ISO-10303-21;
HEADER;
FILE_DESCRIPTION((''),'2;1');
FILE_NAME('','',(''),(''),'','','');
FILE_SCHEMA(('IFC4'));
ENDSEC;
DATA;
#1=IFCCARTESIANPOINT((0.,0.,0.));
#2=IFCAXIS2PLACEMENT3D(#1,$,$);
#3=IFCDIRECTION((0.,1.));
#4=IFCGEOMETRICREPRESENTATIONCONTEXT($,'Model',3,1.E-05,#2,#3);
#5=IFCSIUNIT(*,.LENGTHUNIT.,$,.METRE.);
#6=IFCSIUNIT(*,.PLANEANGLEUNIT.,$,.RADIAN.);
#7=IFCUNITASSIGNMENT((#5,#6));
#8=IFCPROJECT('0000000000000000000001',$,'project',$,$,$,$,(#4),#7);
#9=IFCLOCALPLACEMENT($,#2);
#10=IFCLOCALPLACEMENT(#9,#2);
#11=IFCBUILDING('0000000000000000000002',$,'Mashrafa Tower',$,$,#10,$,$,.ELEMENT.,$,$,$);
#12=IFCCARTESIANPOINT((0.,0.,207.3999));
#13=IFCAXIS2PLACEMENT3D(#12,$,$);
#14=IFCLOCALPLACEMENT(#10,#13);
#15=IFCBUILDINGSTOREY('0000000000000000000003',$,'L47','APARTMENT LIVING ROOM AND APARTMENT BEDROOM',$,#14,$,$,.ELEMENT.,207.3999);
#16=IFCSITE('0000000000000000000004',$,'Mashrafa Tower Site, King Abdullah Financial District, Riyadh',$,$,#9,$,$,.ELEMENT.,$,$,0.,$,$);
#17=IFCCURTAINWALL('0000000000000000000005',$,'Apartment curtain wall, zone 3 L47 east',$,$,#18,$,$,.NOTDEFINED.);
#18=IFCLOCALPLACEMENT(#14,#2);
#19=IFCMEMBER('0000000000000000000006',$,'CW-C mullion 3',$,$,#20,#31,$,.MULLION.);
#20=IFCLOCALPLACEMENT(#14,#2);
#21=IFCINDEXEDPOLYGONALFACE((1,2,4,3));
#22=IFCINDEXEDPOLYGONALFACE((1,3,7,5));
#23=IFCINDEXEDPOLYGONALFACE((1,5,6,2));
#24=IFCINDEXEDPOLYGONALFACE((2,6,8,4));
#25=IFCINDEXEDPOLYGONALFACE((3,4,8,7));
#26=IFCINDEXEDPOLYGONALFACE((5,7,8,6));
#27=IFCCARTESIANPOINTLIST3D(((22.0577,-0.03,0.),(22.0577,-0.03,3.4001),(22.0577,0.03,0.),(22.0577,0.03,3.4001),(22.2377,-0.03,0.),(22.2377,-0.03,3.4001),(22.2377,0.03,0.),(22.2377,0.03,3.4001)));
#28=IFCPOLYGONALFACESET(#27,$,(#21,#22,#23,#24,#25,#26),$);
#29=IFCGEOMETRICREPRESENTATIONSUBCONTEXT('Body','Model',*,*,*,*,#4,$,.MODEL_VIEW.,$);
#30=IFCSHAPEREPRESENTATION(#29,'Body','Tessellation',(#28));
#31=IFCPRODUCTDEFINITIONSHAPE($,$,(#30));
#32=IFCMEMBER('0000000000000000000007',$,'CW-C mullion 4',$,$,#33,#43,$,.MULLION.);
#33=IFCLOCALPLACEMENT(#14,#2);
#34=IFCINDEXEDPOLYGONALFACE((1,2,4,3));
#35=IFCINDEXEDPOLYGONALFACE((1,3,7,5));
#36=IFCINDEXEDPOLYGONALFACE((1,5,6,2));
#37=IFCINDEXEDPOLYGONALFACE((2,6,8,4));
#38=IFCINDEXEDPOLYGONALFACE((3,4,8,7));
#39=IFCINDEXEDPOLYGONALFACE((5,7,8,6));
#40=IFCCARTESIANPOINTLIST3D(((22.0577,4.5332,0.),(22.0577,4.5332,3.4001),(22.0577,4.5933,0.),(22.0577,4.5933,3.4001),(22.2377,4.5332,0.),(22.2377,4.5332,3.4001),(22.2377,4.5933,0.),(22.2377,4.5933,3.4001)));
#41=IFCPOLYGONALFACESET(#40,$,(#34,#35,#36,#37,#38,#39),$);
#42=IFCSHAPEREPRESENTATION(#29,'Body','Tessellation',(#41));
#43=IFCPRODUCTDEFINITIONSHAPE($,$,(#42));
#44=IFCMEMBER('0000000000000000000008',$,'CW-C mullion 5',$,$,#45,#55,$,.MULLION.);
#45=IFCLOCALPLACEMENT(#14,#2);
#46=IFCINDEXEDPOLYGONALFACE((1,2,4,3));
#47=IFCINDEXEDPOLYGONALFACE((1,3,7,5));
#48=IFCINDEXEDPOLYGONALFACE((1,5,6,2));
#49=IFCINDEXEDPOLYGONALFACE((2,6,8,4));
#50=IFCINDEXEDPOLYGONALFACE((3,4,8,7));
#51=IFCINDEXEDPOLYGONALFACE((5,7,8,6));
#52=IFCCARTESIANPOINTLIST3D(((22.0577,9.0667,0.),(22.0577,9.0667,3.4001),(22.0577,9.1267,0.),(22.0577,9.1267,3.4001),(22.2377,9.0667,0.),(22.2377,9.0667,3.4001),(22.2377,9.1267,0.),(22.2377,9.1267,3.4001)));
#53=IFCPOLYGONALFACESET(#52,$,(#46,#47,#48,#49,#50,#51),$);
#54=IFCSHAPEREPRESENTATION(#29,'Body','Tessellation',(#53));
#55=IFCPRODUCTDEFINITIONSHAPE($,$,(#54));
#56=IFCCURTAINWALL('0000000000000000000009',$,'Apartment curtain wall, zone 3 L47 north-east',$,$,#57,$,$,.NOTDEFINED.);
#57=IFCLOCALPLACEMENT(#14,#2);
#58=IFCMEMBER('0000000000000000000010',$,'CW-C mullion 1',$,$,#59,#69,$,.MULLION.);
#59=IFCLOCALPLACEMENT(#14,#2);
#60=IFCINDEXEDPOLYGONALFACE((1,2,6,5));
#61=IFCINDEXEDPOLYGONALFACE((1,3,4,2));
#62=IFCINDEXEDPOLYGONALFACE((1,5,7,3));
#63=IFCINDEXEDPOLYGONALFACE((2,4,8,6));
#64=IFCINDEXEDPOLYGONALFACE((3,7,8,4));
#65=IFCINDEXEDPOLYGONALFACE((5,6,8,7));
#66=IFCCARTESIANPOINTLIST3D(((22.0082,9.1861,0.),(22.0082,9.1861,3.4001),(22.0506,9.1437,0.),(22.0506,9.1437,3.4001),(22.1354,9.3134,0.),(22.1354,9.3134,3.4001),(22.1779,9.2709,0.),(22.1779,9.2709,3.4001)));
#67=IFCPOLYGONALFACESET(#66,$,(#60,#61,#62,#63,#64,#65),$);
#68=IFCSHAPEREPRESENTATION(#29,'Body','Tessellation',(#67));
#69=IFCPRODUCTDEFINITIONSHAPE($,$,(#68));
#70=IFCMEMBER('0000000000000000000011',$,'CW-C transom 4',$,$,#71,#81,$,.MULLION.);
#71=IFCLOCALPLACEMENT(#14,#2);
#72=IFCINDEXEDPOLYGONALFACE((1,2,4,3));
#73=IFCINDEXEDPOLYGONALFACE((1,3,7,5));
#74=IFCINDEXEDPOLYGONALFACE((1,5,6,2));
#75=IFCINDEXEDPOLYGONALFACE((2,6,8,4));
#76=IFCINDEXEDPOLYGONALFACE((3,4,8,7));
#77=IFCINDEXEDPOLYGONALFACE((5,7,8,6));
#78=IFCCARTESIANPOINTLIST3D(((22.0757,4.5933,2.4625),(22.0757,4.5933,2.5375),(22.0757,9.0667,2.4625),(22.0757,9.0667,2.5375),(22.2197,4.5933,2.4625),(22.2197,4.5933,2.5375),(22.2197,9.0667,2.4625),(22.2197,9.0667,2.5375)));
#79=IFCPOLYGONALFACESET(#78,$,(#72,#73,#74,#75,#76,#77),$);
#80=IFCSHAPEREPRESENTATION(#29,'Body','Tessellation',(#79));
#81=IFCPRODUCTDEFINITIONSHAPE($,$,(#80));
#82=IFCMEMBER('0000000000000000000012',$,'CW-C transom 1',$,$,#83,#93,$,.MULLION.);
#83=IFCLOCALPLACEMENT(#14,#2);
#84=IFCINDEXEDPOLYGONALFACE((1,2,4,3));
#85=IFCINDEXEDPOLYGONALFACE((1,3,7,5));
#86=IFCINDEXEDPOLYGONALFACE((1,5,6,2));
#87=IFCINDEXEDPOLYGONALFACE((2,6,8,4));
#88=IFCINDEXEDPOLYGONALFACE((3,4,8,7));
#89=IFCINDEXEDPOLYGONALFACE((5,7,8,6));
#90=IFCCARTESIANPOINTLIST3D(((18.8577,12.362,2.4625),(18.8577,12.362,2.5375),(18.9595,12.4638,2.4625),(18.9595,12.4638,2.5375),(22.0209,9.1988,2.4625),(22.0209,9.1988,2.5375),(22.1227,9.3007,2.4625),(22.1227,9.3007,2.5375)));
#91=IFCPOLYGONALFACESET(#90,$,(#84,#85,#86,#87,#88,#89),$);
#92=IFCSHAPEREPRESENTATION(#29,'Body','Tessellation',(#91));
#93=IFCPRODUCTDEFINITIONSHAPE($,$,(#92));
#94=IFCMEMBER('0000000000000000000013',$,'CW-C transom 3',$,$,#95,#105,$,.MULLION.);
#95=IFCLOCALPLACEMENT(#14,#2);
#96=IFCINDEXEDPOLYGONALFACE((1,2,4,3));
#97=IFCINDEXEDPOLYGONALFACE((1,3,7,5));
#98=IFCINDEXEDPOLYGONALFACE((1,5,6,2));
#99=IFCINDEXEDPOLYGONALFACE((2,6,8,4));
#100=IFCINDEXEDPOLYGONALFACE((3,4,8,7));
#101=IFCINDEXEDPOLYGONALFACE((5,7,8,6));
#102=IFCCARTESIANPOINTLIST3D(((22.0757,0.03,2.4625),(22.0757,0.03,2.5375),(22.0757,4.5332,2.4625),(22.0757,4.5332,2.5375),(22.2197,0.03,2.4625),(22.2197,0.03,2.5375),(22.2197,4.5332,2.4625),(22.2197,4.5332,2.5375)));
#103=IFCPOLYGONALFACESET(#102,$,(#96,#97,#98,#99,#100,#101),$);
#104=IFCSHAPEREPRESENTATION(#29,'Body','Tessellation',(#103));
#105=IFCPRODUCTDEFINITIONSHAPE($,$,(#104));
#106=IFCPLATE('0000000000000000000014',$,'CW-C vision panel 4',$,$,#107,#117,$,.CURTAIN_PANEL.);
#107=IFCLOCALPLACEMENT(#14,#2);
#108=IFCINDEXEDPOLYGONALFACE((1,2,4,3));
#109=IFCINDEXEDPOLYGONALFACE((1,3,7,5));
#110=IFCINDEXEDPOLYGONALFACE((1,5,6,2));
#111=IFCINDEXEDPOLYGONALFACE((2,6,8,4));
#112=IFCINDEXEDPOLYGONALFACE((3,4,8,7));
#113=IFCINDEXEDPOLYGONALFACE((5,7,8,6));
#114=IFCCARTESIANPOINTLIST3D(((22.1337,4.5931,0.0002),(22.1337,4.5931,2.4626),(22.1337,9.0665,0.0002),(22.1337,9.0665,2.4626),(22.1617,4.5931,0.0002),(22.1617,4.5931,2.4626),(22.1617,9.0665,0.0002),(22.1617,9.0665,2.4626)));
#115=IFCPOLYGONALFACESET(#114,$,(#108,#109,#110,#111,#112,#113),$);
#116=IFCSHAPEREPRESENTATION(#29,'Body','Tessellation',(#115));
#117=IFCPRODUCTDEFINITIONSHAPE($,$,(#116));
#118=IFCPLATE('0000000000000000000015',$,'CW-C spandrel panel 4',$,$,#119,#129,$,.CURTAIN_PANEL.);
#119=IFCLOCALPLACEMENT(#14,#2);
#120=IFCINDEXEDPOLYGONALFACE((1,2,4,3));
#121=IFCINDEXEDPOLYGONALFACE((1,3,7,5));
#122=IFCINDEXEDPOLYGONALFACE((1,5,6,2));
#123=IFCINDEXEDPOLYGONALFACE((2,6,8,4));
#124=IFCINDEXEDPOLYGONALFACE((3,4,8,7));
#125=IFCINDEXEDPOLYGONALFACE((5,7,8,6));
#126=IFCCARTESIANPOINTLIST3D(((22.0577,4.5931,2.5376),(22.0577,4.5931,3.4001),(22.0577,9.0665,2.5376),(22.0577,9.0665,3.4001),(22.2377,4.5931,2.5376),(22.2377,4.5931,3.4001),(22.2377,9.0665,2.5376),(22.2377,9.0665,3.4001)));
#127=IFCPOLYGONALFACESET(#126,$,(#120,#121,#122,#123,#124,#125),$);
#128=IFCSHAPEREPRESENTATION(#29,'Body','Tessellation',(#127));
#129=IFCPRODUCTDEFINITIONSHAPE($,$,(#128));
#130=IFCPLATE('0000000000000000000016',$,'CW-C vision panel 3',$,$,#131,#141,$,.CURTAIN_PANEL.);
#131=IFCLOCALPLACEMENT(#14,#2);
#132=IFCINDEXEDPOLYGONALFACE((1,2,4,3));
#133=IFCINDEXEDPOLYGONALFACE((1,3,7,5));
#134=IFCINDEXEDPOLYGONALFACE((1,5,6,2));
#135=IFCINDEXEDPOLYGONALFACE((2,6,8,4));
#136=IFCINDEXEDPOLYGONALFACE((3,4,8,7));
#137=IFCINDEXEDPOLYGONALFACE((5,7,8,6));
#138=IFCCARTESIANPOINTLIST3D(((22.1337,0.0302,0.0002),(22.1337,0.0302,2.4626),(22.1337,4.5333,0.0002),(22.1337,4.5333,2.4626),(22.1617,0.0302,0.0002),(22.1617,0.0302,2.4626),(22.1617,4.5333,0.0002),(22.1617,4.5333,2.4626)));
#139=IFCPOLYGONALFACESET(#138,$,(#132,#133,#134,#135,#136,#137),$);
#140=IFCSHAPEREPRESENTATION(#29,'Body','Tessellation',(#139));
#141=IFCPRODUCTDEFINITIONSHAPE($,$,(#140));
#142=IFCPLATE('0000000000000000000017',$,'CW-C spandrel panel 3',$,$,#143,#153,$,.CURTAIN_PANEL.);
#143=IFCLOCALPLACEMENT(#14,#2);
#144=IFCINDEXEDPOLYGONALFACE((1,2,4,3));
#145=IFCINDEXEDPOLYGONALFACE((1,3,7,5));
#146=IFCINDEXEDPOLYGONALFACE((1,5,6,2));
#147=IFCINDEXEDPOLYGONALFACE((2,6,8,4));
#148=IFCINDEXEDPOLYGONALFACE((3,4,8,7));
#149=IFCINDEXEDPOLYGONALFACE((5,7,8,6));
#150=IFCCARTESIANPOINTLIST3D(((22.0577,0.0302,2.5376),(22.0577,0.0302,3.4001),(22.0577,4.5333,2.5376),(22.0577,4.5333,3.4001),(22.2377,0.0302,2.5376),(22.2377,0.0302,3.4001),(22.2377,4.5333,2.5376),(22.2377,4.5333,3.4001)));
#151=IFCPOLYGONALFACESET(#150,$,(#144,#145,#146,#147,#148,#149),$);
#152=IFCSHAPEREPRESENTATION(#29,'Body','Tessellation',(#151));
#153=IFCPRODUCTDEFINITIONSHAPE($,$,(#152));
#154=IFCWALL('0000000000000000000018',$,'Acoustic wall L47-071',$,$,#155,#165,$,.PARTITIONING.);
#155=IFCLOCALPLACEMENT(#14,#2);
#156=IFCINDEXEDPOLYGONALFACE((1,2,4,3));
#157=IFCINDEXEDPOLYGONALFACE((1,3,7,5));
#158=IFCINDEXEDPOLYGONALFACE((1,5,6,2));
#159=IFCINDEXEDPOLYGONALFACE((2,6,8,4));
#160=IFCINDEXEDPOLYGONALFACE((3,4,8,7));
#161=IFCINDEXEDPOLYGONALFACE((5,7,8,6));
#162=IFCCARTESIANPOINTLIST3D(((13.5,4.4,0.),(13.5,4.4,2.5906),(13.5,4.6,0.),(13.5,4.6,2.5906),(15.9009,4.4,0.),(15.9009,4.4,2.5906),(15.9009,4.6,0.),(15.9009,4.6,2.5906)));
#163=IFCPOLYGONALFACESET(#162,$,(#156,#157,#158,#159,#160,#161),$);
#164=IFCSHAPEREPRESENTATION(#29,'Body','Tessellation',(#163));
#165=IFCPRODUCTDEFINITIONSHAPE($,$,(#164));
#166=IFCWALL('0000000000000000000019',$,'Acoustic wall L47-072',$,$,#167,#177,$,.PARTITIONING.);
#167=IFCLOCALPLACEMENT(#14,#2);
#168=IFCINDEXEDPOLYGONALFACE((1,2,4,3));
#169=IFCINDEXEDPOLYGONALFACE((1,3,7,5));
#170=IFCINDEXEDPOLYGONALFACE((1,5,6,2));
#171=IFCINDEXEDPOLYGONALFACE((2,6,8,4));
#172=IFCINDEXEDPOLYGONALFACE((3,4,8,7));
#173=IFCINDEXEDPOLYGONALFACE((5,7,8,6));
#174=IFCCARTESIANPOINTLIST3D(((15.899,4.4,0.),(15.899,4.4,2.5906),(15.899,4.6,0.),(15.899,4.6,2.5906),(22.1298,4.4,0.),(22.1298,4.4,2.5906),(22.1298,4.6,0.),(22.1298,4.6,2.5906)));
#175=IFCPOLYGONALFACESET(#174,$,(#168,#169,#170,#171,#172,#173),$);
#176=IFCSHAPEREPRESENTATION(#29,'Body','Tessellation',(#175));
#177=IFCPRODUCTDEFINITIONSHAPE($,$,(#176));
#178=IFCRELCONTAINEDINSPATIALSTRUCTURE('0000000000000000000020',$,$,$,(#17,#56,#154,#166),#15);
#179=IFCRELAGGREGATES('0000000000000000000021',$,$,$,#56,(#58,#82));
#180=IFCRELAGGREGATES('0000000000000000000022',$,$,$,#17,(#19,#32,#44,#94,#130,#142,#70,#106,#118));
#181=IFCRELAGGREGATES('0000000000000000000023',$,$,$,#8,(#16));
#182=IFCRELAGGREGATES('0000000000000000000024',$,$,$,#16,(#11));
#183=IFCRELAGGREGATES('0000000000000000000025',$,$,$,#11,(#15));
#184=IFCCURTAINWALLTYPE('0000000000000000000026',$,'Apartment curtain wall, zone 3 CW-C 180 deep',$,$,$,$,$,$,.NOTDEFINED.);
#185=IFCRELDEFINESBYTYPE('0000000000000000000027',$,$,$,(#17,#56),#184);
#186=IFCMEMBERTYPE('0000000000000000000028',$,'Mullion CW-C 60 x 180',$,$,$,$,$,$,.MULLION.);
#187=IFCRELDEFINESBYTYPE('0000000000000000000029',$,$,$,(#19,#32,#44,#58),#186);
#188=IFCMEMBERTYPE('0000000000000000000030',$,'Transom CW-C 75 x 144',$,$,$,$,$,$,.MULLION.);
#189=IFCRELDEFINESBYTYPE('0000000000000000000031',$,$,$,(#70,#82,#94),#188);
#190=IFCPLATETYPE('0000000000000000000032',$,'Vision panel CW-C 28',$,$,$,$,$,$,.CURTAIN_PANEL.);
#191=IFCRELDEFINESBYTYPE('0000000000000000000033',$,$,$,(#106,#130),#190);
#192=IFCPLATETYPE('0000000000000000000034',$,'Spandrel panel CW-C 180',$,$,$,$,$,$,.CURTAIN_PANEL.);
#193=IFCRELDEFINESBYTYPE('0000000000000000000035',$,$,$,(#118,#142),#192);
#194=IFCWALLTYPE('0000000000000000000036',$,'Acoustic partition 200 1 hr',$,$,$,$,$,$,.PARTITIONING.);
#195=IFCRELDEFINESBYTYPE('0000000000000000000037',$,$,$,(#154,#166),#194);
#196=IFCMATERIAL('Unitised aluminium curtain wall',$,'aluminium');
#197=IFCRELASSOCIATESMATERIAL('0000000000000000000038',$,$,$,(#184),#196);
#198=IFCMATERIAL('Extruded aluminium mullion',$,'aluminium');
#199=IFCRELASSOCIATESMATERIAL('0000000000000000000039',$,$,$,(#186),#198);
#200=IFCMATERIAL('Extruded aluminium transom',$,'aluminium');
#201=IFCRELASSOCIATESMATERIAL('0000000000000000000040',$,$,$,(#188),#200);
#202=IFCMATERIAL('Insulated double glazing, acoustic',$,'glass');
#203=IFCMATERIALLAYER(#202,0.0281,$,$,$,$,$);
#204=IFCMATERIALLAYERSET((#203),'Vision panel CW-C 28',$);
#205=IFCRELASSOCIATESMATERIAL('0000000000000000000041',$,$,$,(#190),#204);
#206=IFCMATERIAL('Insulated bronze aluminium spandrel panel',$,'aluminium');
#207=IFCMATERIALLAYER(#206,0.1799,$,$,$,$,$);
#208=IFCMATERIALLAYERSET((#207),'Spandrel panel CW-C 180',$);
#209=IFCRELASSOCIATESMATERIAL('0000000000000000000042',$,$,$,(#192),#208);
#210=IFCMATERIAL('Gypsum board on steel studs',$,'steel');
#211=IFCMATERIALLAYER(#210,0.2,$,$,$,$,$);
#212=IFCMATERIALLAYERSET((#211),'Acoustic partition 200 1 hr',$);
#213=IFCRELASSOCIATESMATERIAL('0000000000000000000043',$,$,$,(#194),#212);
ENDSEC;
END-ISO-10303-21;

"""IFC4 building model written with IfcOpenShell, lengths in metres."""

from ifc_helpers import new_model, si_unit, direction, frame, frame_2d, origin, origin_2d, place, context, subcontext, project, spatial, rectangle, extrude, source, transform, mapped, material, layer, layer_set, material_profile, profile_set, type_object, type_shapes, element, aggregate, save


model = new_model("IFC4")

# Units and contexts
model_context = context("Model", 3, precision=1e-05, world=origin(), true_north=direction((0.0, 1.0)))
body_context = subcontext(model_context, "Body", "Model", "MODEL_VIEW")
ifc_project = project(units=[si_unit("LENGTHUNIT", "METRE"), si_unit("PLANEANGLEUNIT", "RADIAN")], contexts=[model_context])

# Site, building, storey
site_placement = place(None, origin())
site = spatial("IfcSite", under=ifc_project, at=site_placement, Name="Mashrafa Tower Site, King Abdullah Financial District, Riyadh", CompositionType="ELEMENT", RefElevation=0.0)
building_placement = place(site_placement, origin())
building = spatial("IfcBuilding", under=site, at=building_placement, Name="Mashrafa Tower", CompositionType="ELEMENT")
storey_placement = place(building_placement, frame((0.0, 0.0, 207.3999)))
storey = spatial("IfcBuildingStorey", under=building, at=storey_placement, Name="L47", Description="APARTMENT LIVING ROOM AND APARTMENT BEDROOM", CompositionType="ELEMENT", Elevation=207.3999)

# Curtain wall, members
ifc_material_1 = material(Name="Unitised aluminium curtain wall", Category="aluminium")
curtain_wall_type = type_object("IfcCurtainWallType", Name="Apartment curtain wall, zone 3 CW-C 180 deep", PredefinedType="NOTDEFINED", material=ifc_material_1)
curtain_wall_1_placement = place(storey_placement, origin())
curtain_wall_1 = element("IfcCurtainWall", 1, at=curtain_wall_1_placement, inside=storey, type_object=curtain_wall_type, Name="Apartment curtain wall, zone 3 L47 east", PredefinedType="NOTDEFINED")
ifc_material_2 = material(Name="Extruded aluminium mullion", Category="aluminium")
ifc_material_profile_1 = material_profile(ifc_material_2, rectangle(XDim=0.1799, YDim=0.0601, at=origin_2d()), Name="Mullion 60x180")
ifc_profile_set_1 = profile_set([ifc_material_profile_1], Name="Extruded aluminium mullion")
member_type_1 = type_object("IfcMemberType", Name="Mullion CW-C 60 x 180", PredefinedType="MULLION", material=ifc_profile_set_1)
shared_shape_1 = source(origin(), body_context, "Body", "SweptSolid", [
    extrude(rectangle(XDim=0.1799, YDim=0.0601, at=origin_2d()), origin(), (0.0, 0.0, 1.0), 3.4001),
])
type_shapes(member_type_1, [shared_shape_1])
member_1_placement = place(storey_placement, frame((22.1477, 0.0, 0.0), z_axis=(0.0, 0.0, 1.0), x_axis=(-1.0, 0.0, 0.0)))
member_1 = element("IfcMember", 2, at=member_1_placement, type_object=member_type_1, Name="CW-C mullion 3", PredefinedType="MULLION", context=body_context, shape_type="MappedRepresentation", body=[
    mapped(shared_shape_1, transform((0.0, 0.0, 0.0))),
])
member_2_placement = place(storey_placement, frame((22.1477, 4.5632, 0.0), z_axis=(0.0, 0.0, 1.0), x_axis=(-1.0, 0.0, 0.0)))
member_2 = element("IfcMember", 3, at=member_2_placement, type_object=member_type_1, Name="CW-C mullion 4", PredefinedType="MULLION", context=body_context, shape_type="MappedRepresentation", body=[
    mapped(shared_shape_1, transform((0.0, 0.0, 0.0))),
])
member_3_placement = place(storey_placement, frame((22.1477, 9.0967, 0.0), z_axis=(0.0, 0.0, 1.0), x_axis=(-1.0, 0.0, 0.0)))
member_3 = element("IfcMember", 4, at=member_3_placement, type_object=member_type_1, Name="CW-C mullion 5", PredefinedType="MULLION", context=body_context, shape_type="MappedRepresentation", body=[
    mapped(shared_shape_1, transform((0.0, 0.0, 0.0))),
])

# Curtain wall, member
curtain_wall_2_placement = place(storey_placement, origin())
curtain_wall_2 = element("IfcCurtainWall", 5, at=curtain_wall_2_placement, inside=storey, type_object=curtain_wall_type, Name="Apartment curtain wall, zone 3 L47 north-east", PredefinedType="NOTDEFINED")
member_4_placement = place(storey_placement, frame((22.093, 9.2285, 0.0), z_axis=(0.0, 0.0, 1.0), x_axis=(-0.707107, -0.707107, 0.0)))
member_4 = element("IfcMember", 6, at=member_4_placement, type_object=member_type_1, Name="CW-C mullion 1", PredefinedType="MULLION", context=body_context, shape_type="MappedRepresentation", body=[
    mapped(shared_shape_1, transform((0.0, 0.0, 0.0))),
])

# Members
ifc_material_3 = material(Name="Extruded aluminium transom", Category="aluminium")
ifc_material_profile_2 = material_profile(ifc_material_3, rectangle(XDim=0.144, YDim=0.075, at=origin_2d()), Name="Transom 75x144")
ifc_profile_set_2 = profile_set([ifc_material_profile_2], Name="Extruded aluminium transom")
member_type_2 = type_object("IfcMemberType", Name="Transom CW-C 75 x 144", PredefinedType="MULLION", material=ifc_profile_set_2)
shared_shape_2 = source(origin(), body_context, "Body", "SweptSolid", [
    extrude(rectangle(XDim=0.144, YDim=0.075, at=origin_2d()), origin(), (0.0, 0.0, 1.0), 4.4734),
])
member_5_placement = place(storey_placement, frame((22.1477, 4.5933, 2.5), z_axis=(0.0, 1.0, 0.0), x_axis=(-1.0, 0.0, 0.0)))
member_5 = element("IfcMember", 7, at=member_5_placement, type_object=member_type_2, Name="CW-C transom 4", PredefinedType="MULLION", context=body_context, shape_type="MappedRepresentation", body=[
    mapped(shared_shape_2, transform((0.0, 0.0, 0.0))),
])
member_6_placement = place(storey_placement, frame((22.0718, 9.2498, 2.5), z_axis=(-0.707107, 0.707107, 0.0), x_axis=(-0.707107, -0.707107, 0.0)))
member_6 = element("IfcMember", 8, at=member_6_placement, type_object=member_type_2, Name="CW-C transom 1", PredefinedType="MULLION", context=body_context, shape_type="MappedRepresentation", body=[
    mapped(shared_shape_2, transform((0.0, 0.0, 0.0))),
])
aggregate(curtain_wall_2, [member_4, member_6])
shared_shape_3 = source(origin(), body_context, "Body", "SweptSolid", [
    extrude(rectangle(XDim=0.144, YDim=0.075, at=origin_2d()), origin(), (0.0, 0.0, 1.0), 4.5032),
])
type_shapes(member_type_2, [shared_shape_2, shared_shape_3])
member_7_placement = place(storey_placement, frame((22.1477, 0.03, 2.5), z_axis=(0.0, 1.0, 0.0), x_axis=(-1.0, 0.0, 0.0)))
member_7 = element("IfcMember", 9, at=member_7_placement, type_object=member_type_2, Name="CW-C transom 3", PredefinedType="MULLION", context=body_context, shape_type="MappedRepresentation", body=[
    mapped(shared_shape_3, transform((0.0, 0.0, 0.0))),
])

# Plates
ifc_material_4 = material(Name="Insulated double glazing, acoustic", Category="glass")
ifc_layer_1 = layer(ifc_material_4, 0.0281)
ifc_layer_set_1 = layer_set([ifc_layer_1], Name="Vision panel CW-C 28")
plate_type_1 = type_object("IfcPlateType", Name="Vision panel CW-C 28", PredefinedType="CURTAIN_PANEL", material=ifc_layer_set_1)
shared_shape_4 = source(origin(), body_context, "Body", "SweptSolid", [
    extrude(rectangle(XDim=4.4734, YDim=0.0281, at=origin_2d()), origin(), (0.0, 0.0, 1.0), 2.4624),
])
plate_1_placement = place(storey_placement, frame((22.1477, 6.8298, 0.0002), z_axis=(0.0, 0.0, 1.0), x_axis=(0.0, 1.0, 0.0)))
plate_1 = element("IfcPlate", 10, at=plate_1_placement, type_object=plate_type_1, Name="CW-C vision panel 4", PredefinedType="CURTAIN_PANEL", context=body_context, shape_type="MappedRepresentation", body=[
    mapped(shared_shape_4, transform((0.0, 0.0, 0.0))),
])
ifc_material_5 = material(Name="Insulated bronze aluminium spandrel panel", Category="aluminium")
ifc_layer_2 = layer(ifc_material_5, 0.1799)
ifc_layer_set_2 = layer_set([ifc_layer_2], Name="Spandrel panel CW-C 180")
plate_type_2 = type_object("IfcPlateType", Name="Spandrel panel CW-C 180", PredefinedType="CURTAIN_PANEL", material=ifc_layer_set_2)
shared_shape_5 = source(origin(), body_context, "Body", "SweptSolid", [
    extrude(rectangle(XDim=4.4734, YDim=0.1799, at=origin_2d()), origin(), (0.0, 0.0, 1.0), 0.8625),
])
plate_2_placement = place(storey_placement, frame((22.1477, 6.8298, 2.5376), z_axis=(0.0, 0.0, 1.0), x_axis=(0.0, 1.0, 0.0)))
plate_2 = element("IfcPlate", 11, at=plate_2_placement, type_object=plate_type_2, Name="CW-C spandrel panel 4", PredefinedType="CURTAIN_PANEL", context=body_context, shape_type="MappedRepresentation", body=[
    mapped(shared_shape_5, transform((0.0, 0.0, 0.0))),
])
shared_shape_6 = source(origin(), body_context, "Body", "SweptSolid", [
    extrude(rectangle(XDim=4.5032, YDim=0.0281, at=origin_2d()), origin(), (0.0, 0.0, 1.0), 2.4624),
])
type_shapes(plate_type_1, [shared_shape_4, shared_shape_6])
plate_3_placement = place(storey_placement, frame((22.1477, 2.2817, 0.0002), z_axis=(0.0, 0.0, 1.0), x_axis=(0.0, 1.0, 0.0)))
plate_3 = element("IfcPlate", 12, at=plate_3_placement, type_object=plate_type_1, Name="CW-C vision panel 3", PredefinedType="CURTAIN_PANEL", context=body_context, shape_type="MappedRepresentation", body=[
    mapped(shared_shape_6, transform((0.0, 0.0, 0.0))),
])
shared_shape_7 = source(origin(), body_context, "Body", "SweptSolid", [
    extrude(rectangle(XDim=4.5032, YDim=0.1799, at=origin_2d()), origin(), (0.0, 0.0, 1.0), 0.8625),
])
type_shapes(plate_type_2, [shared_shape_5, shared_shape_7])
plate_4_placement = place(storey_placement, frame((22.1477, 2.2817, 2.5376), z_axis=(0.0, 0.0, 1.0), x_axis=(0.0, 1.0, 0.0)))
plate_4 = element("IfcPlate", 13, at=plate_4_placement, type_object=plate_type_2, Name="CW-C spandrel panel 3", PredefinedType="CURTAIN_PANEL", context=body_context, shape_type="MappedRepresentation", body=[
    mapped(shared_shape_7, transform((0.0, 0.0, 0.0))),
])
aggregate(curtain_wall_1, [member_1, member_2, member_3, member_7, plate_3, plate_4, member_5, plate_1, plate_2])

# Walls
ifc_material_6 = material(Name="Gypsum board on steel studs", Category="steel")
ifc_layer_3 = layer(ifc_material_6, 0.2)
ifc_layer_set_3 = layer_set([ifc_layer_3], Name="Acoustic partition 200 1 hr")
wall_type_1 = type_object("IfcWallType", Name="Acoustic partition 200 1 hr", PredefinedType="PARTITIONING", material=ifc_layer_set_3)
wall_1_placement = place(storey_placement, frame((15.9009, 4.5, 0.0), z_axis=(0.0, 0.0, 1.0), x_axis=(-1.0, 0.0, 0.0)))
element("IfcWall", 14, at=wall_1_placement, inside=storey, type_object=wall_type_1, Name="Acoustic wall L47-071", PredefinedType="PARTITIONING", context=body_context, shape_type="SweptSolid", body=[
    extrude(rectangle(XDim=2.4009, YDim=0.2, at=frame_2d((1.2004, 0.0))), origin(), (0.0, 0.0, 1.0), 2.5906),
])
wall_2_placement = place(storey_placement, frame((22.1296, 4.5, 0.0), z_axis=(0.0, 0.0, 1.0), x_axis=(-1.0, 0.0, 0.0)))
element("IfcWall", 15, at=wall_2_placement, inside=storey, type_object=wall_type_1, Name="Acoustic wall L47-072", PredefinedType="PARTITIONING", context=body_context, shape_type="SweptSolid", body=[
    extrude(rectangle(XDim=6.2307, YDim=0.2, at=frame_2d((3.1152, 0.0))), origin(), (0.0, 0.0, 1.0), 2.5906),
])

save(model, "model.ifc")
